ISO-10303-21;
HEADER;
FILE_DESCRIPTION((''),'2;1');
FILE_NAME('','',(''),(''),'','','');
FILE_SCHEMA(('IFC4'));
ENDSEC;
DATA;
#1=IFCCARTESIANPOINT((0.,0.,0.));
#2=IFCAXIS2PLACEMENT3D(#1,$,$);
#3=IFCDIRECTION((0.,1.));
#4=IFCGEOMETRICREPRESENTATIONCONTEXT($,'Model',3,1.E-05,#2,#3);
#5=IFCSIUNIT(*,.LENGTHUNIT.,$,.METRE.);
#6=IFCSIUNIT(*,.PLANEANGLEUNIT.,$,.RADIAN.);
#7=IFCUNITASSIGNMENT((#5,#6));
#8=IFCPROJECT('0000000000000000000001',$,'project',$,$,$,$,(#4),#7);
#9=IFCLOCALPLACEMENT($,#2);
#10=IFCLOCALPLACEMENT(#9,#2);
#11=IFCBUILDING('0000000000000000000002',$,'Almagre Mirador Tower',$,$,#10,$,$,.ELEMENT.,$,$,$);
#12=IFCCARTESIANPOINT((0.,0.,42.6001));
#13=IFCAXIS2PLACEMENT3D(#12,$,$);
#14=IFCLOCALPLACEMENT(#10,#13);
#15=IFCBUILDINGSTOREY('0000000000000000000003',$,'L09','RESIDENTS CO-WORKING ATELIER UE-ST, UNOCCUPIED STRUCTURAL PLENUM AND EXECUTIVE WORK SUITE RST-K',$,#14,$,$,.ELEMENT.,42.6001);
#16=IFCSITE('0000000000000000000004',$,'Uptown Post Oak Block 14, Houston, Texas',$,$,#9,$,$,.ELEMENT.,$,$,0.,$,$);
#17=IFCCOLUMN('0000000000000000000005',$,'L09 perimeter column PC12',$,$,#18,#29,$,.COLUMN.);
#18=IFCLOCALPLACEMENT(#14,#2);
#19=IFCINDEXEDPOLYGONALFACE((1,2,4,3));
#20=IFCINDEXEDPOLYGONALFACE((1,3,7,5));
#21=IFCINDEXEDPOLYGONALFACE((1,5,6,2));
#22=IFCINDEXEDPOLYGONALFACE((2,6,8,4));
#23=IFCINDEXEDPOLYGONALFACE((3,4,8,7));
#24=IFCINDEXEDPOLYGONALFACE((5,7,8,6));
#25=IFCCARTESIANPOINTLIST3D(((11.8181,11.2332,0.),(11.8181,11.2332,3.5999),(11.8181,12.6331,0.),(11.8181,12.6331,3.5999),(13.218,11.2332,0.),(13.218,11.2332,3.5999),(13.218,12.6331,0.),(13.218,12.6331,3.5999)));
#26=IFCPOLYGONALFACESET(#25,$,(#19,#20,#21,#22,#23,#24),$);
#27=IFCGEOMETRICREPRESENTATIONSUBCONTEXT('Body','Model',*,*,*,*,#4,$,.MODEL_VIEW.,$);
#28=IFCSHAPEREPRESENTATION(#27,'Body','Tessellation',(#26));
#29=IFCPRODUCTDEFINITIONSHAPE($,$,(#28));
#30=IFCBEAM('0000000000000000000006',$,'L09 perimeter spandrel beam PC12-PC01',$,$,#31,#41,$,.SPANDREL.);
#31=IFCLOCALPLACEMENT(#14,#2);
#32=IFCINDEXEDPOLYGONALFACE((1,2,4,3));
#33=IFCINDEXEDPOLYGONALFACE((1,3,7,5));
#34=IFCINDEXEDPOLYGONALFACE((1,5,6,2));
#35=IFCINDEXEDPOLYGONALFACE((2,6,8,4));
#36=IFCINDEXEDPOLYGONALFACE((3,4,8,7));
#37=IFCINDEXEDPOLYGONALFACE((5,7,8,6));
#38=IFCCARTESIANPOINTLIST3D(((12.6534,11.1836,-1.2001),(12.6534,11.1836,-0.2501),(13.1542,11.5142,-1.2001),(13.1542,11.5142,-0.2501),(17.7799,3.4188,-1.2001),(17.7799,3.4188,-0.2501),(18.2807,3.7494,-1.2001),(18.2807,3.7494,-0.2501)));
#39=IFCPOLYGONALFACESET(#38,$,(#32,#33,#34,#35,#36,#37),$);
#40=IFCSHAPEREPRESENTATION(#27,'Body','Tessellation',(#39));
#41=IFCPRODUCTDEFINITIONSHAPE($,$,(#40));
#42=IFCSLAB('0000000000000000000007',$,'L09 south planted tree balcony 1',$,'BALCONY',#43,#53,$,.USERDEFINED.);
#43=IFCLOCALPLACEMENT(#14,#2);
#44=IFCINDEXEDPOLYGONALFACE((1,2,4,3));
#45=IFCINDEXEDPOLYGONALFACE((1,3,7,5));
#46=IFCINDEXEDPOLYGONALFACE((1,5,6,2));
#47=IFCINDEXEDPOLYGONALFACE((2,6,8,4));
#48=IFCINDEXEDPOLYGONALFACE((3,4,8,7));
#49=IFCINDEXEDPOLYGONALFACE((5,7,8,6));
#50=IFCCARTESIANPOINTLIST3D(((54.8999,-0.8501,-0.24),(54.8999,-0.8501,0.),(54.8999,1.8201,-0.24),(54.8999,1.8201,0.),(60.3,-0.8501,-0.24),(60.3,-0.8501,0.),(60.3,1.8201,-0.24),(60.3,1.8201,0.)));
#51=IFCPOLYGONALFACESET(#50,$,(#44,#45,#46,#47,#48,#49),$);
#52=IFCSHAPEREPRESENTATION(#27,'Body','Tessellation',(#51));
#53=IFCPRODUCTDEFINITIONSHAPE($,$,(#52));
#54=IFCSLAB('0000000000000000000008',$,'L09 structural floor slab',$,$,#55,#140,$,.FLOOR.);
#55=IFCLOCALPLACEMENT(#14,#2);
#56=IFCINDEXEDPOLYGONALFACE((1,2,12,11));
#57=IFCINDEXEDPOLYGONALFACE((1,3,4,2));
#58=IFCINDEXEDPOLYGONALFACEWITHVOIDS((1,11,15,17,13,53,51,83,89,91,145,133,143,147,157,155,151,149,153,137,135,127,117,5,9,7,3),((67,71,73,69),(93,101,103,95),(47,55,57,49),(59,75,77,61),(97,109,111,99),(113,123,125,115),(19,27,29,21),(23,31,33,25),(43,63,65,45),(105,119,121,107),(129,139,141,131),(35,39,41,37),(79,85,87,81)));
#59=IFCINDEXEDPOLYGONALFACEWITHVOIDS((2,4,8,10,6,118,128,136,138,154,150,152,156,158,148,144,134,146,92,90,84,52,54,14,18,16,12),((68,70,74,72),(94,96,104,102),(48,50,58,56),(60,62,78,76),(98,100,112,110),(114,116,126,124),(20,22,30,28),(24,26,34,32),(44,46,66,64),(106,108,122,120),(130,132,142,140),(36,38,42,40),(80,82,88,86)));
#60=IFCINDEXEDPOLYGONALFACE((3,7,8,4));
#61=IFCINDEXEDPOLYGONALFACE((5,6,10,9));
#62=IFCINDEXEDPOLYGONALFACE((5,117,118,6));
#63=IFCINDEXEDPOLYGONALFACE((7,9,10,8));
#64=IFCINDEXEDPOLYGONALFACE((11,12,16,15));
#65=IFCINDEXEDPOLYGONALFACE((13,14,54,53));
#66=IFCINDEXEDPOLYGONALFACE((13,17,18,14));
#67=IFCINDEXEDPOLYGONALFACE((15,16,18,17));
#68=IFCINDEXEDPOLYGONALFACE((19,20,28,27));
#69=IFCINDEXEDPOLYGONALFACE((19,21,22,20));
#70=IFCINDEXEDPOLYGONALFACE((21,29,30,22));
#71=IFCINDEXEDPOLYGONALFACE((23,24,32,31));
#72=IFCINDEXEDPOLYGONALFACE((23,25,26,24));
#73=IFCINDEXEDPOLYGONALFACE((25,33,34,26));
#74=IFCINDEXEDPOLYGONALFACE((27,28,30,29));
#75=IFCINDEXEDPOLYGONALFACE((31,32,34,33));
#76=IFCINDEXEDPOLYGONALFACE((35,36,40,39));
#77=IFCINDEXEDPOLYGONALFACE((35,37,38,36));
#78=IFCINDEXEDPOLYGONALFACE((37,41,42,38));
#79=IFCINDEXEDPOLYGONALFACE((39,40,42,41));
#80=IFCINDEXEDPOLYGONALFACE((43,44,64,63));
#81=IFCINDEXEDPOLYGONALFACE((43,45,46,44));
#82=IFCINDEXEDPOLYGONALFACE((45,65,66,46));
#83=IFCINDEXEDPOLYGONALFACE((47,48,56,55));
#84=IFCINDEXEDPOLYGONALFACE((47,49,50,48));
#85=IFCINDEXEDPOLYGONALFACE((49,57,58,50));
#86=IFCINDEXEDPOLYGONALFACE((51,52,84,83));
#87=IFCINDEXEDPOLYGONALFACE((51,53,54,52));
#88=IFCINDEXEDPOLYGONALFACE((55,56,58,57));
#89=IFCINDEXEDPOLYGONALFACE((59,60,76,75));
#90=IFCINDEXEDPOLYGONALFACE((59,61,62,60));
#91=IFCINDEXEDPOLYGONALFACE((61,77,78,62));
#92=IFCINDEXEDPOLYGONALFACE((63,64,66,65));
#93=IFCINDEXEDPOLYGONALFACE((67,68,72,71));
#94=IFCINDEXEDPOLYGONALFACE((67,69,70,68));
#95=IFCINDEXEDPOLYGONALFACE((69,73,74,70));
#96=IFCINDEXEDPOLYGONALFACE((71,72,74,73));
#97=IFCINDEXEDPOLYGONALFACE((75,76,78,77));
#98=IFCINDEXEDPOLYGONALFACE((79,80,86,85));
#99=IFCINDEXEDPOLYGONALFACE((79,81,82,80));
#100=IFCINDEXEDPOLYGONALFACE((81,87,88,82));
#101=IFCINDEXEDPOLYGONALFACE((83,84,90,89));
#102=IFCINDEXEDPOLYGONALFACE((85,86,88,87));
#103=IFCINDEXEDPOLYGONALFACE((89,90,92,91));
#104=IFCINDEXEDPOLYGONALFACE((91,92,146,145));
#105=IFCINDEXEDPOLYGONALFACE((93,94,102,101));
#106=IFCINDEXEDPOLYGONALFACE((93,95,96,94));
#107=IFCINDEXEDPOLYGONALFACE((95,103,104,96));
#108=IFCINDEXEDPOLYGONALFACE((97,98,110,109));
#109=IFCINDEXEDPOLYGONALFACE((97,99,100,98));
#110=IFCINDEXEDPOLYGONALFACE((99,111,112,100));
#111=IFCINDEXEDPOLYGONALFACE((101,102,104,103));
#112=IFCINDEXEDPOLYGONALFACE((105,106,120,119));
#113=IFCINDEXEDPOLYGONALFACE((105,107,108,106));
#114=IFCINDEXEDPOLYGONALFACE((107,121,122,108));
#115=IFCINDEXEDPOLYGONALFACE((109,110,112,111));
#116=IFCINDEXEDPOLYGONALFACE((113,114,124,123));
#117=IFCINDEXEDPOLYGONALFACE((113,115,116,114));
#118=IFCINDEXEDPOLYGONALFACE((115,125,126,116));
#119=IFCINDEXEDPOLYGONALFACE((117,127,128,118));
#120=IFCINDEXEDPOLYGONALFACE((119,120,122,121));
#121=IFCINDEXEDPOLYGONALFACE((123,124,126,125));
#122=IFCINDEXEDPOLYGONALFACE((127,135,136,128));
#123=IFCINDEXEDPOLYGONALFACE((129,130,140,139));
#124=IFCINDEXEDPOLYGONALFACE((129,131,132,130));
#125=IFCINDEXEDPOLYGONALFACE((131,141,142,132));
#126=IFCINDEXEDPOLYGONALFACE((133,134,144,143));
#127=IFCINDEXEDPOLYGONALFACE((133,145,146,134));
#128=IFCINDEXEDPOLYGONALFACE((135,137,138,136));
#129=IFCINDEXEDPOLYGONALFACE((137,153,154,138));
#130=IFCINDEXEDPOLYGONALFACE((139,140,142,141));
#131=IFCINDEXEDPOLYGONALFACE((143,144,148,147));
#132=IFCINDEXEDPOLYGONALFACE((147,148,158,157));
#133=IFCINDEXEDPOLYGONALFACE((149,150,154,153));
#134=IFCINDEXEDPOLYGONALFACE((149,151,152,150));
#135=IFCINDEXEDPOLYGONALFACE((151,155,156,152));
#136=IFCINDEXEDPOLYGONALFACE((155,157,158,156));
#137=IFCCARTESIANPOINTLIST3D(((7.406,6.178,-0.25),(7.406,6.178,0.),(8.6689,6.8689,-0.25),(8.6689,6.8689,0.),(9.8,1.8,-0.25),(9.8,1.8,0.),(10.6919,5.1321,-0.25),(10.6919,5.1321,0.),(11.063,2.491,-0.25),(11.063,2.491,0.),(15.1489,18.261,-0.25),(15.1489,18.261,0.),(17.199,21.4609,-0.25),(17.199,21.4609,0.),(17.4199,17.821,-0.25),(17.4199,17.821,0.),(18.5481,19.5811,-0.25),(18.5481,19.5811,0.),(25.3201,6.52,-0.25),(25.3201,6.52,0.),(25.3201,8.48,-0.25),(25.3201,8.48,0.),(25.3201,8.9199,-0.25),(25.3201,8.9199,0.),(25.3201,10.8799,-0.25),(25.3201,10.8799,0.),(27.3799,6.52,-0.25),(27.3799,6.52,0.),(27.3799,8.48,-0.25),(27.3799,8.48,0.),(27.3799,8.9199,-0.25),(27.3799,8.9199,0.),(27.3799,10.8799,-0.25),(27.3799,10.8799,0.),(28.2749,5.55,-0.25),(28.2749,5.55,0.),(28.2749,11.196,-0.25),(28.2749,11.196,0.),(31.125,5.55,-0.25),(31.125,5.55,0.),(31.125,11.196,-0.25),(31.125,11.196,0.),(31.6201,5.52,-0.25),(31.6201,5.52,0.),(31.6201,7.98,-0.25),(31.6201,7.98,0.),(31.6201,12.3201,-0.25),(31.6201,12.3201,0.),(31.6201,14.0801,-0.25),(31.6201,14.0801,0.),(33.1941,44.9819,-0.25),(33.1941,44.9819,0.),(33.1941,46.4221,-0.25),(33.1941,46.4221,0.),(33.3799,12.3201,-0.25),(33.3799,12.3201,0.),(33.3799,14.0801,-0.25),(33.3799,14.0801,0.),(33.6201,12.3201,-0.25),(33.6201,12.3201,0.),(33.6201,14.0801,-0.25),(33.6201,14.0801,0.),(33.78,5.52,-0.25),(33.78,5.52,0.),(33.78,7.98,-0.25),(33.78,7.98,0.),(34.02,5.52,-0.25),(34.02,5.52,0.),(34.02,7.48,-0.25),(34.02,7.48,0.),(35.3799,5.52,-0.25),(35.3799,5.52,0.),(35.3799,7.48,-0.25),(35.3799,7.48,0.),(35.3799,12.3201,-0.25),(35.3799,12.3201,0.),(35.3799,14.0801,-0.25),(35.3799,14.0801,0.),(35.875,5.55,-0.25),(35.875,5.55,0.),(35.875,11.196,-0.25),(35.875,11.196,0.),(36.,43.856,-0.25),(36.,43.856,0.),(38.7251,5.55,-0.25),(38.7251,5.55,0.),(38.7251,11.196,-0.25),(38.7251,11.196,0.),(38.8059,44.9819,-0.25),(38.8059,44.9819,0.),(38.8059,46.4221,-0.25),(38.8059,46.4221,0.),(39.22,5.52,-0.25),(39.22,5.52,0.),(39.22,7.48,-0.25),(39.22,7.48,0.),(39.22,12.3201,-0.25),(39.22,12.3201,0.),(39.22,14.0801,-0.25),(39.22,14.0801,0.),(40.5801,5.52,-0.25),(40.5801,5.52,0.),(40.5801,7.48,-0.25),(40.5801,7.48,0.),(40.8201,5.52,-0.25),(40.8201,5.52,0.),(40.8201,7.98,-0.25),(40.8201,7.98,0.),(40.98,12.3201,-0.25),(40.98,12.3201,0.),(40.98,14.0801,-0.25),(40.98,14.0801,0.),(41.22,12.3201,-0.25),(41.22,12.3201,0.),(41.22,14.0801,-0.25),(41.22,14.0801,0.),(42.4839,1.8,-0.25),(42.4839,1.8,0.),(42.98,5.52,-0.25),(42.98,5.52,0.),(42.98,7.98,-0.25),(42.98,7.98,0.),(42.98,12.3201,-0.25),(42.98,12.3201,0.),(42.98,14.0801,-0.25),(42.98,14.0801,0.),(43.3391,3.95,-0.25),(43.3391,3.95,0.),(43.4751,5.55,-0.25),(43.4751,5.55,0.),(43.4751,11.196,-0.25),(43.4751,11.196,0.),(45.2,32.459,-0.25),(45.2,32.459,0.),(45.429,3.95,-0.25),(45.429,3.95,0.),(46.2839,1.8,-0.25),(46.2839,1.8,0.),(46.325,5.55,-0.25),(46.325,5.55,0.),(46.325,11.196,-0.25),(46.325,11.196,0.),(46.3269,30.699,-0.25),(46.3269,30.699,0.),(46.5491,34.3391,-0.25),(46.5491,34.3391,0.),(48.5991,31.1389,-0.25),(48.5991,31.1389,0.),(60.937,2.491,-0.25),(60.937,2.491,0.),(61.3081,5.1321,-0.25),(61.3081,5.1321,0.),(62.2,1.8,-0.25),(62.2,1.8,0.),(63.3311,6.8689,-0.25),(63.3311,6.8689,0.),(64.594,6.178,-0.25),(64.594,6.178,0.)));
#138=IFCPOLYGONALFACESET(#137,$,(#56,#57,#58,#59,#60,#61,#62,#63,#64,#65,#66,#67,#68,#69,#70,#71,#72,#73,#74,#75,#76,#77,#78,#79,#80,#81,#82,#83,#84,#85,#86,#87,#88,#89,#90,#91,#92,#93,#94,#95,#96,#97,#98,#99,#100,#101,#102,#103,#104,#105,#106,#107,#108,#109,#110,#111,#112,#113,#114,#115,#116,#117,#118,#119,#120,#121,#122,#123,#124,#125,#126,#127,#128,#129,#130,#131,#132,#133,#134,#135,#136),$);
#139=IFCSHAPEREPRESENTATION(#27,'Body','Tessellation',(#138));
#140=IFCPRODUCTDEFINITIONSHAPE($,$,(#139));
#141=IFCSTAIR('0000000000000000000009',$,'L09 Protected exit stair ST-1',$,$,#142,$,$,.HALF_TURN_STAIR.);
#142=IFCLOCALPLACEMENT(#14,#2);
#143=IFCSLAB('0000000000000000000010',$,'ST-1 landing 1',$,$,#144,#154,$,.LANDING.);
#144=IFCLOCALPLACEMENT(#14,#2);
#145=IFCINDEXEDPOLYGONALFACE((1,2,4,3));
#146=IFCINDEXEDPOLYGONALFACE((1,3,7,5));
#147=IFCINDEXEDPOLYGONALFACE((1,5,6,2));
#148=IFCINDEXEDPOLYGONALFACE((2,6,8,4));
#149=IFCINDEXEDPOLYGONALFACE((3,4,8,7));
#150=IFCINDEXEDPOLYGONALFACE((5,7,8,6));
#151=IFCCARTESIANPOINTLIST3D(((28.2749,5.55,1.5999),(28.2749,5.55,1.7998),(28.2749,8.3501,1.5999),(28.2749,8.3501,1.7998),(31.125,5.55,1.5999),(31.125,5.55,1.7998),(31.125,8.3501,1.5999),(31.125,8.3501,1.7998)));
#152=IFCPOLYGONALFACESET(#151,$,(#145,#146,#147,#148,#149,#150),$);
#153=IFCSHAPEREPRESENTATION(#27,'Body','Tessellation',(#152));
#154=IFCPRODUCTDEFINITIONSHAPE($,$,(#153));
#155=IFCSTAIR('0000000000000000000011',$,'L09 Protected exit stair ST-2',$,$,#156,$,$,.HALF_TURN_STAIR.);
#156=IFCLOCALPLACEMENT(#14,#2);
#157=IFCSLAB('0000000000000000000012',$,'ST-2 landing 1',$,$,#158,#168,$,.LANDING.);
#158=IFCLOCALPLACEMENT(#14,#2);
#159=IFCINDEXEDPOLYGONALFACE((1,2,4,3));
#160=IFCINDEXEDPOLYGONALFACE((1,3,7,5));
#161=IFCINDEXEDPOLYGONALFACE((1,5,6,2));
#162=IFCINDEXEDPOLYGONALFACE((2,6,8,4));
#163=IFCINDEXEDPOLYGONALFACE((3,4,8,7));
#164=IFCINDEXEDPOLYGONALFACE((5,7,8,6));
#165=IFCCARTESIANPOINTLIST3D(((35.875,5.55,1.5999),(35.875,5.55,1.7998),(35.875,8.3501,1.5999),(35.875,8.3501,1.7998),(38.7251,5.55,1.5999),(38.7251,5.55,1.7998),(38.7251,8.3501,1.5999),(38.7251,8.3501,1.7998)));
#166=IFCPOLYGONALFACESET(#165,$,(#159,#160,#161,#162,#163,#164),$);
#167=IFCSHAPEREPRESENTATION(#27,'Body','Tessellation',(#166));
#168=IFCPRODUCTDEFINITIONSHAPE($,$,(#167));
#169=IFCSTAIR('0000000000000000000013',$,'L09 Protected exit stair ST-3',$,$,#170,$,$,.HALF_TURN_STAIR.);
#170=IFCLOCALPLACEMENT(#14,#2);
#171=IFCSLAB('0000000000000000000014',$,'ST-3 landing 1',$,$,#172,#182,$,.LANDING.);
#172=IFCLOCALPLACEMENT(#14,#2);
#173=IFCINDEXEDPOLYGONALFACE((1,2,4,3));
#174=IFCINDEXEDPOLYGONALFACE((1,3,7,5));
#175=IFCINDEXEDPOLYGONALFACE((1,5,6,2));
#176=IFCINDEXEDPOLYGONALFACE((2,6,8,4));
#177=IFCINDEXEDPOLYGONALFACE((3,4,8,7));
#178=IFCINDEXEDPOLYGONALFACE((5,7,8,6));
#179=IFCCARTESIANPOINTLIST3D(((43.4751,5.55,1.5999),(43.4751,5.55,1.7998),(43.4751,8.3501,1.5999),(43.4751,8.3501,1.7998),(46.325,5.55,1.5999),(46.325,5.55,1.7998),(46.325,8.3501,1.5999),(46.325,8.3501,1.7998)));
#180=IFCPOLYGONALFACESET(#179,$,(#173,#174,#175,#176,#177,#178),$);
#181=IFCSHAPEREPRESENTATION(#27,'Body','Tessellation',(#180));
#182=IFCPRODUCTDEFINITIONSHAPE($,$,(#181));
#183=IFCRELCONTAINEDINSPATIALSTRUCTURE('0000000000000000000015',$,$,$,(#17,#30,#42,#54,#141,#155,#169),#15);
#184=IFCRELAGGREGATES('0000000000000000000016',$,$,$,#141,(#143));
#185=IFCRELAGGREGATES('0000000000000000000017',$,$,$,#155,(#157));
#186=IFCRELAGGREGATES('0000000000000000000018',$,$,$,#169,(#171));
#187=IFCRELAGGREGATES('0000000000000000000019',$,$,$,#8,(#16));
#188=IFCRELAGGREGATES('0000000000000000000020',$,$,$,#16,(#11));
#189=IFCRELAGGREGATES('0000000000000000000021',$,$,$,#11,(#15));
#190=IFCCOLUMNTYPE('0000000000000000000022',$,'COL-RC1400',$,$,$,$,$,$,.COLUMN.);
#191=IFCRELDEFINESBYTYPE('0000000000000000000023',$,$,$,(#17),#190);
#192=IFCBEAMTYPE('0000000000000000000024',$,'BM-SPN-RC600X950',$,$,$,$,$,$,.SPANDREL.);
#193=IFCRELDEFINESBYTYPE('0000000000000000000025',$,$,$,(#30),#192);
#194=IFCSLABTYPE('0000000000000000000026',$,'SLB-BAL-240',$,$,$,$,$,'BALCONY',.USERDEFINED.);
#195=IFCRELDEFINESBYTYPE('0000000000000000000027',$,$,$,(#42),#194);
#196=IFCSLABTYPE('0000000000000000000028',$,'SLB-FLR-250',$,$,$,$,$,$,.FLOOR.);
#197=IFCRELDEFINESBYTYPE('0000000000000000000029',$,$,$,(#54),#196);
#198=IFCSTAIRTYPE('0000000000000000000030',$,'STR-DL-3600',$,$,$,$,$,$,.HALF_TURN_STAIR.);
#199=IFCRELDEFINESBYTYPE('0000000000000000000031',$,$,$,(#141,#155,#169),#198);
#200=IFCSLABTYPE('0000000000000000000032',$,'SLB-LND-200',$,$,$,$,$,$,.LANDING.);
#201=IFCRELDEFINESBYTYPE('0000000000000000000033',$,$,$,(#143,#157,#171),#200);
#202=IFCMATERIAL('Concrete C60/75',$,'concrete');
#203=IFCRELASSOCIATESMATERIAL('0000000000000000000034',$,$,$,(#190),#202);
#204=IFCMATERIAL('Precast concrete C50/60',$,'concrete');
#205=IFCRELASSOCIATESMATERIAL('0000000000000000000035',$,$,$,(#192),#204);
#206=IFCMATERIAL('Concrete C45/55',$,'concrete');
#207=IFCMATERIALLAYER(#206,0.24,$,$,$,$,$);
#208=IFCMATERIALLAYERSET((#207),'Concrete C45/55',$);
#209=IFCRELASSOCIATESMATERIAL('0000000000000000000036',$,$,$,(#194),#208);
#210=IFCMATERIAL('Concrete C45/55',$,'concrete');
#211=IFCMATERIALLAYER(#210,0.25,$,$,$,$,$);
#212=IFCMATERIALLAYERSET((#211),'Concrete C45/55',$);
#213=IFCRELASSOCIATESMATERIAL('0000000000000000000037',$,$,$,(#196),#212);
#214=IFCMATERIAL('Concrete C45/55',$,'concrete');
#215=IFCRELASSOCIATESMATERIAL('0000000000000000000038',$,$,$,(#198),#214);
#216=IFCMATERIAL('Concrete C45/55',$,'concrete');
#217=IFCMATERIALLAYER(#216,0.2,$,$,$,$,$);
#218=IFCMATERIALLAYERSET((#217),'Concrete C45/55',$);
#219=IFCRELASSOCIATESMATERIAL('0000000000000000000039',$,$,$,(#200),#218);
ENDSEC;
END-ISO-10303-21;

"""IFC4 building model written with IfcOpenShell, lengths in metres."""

from ifc_helpers import new_model, si_unit, direction, frame, origin, origin_2d, place, context, subcontext, project, spatial, polyline, rectangle, outline, extrude, material, layer, layer_set, material_profile, profile_set, type_object, element, aggregate, save


model = new_model("IFC4")

# Units and contexts
model_context = context("Model", 3, precision=1e-05, world=origin(), true_north=direction((0.0, 1.0)))
body_context = subcontext(model_context, "Body", "Model", "MODEL_VIEW")
ifc_project = project(units=[si_unit("LENGTHUNIT", "METRE"), si_unit("PLANEANGLEUNIT", "RADIAN")], contexts=[model_context])

# Site, building, storey
site_placement = place(None, origin())
site = spatial("IfcSite", under=ifc_project, at=site_placement, Name="Uptown Post Oak Block 14, Houston, Texas", CompositionType="ELEMENT", RefElevation=0.0)
building_placement = place(site_placement, origin())
building = spatial("IfcBuilding", under=site, at=building_placement, Name="Almagre Mirador Tower", CompositionType="ELEMENT")
storey_placement = place(building_placement, frame((0.0, 0.0, 42.6001)))
storey = spatial("IfcBuildingStorey", under=building, at=storey_placement, Name="L09", Description="RESIDENTS CO-WORKING ATELIER UE-ST, UNOCCUPIED STRUCTURAL PLENUM AND EXECUTIVE WORK SUITE RST-K", CompositionType="ELEMENT", Elevation=42.6001)

# Column
ifc_material_1 = material(Name="Concrete C60/75", Category="concrete")
ifc_material_profile_1 = material_profile(ifc_material_1, rectangle(XDim=1.3999, YDim=1.3999, at=origin_2d()), Name="RC1400X1400")
ifc_profile_set_1 = profile_set([ifc_material_profile_1], Name="Concrete C60/75")
column_type = type_object("IfcColumnType", Name="COL-RC1400", PredefinedType="COLUMN", material=ifc_profile_set_1)
column_placement = place(storey_placement, frame((12.5181, 11.9331, 0.0), z_axis=(0.0, 0.0, 1.0), x_axis=(1.0, 0.0, 0.0)))
element("IfcColumn", 1, at=column_placement, inside=storey, type_object=column_type, Name="L09 perimeter column PC12", PredefinedType="COLUMN", context=body_context, shape_type="SweptSolid", body=[
    extrude(rectangle(XDim=1.3999, YDim=1.3999, at=origin_2d()), origin(), (0.0, 0.0, 1.0), 3.5999),
])

# Beam
ifc_material_2 = material(Name="Precast concrete C50/60", Category="concrete")
ifc_material_profile_2 = material_profile(ifc_material_2, rectangle(XDim=0.6001, YDim=0.95, at=origin_2d()), Name="RC600X950")
ifc_profile_set_2 = profile_set([ifc_material_profile_2], Name="Precast concrete C50/60")
beam_type = type_object("IfcBeamType", Name="BM-SPN-RC600X950", PredefinedType="SPANDREL", material=ifc_profile_set_2)
beam_placement = place(storey_placement, frame((12.9038, 11.3489, -0.7251), z_axis=(0.550977, -0.834521, 0.0), x_axis=(0.834521, 0.550977, 0.0)))
element("IfcBeam", 2, at=beam_placement, inside=storey, type_object=beam_type, Name="L09 perimeter spandrel beam PC12-PC01", PredefinedType="SPANDREL", context=body_context, shape_type="SweptSolid", body=[
    extrude(rectangle(XDim=0.6001, YDim=0.95, at=origin_2d()), origin(), (0.0, 0.0, 1.0), 9.3044),
])

# Slabs
ifc_material_3 = material(Name="Concrete C45/55", Category="concrete")
ifc_layer_1 = layer(ifc_material_3, 0.24)
ifc_layer_set_1 = layer_set([ifc_layer_1], Name="Concrete C45/55")
slab_type_1 = type_object("IfcSlabType", Name="SLB-BAL-240", ElementType="BALCONY", PredefinedType="USERDEFINED", material=ifc_layer_set_1)
slab_1_placement = place(storey_placement, frame((0.0, 0.0, -0.24)))
element("IfcSlab", 3, at=slab_1_placement, inside=storey, type_object=slab_type_1, Name="L09 south planted tree balcony 1", ObjectType="BALCONY", PredefinedType="USERDEFINED", context=body_context, shape_type="SweptSolid", body=[
    extrude(outline(polyline([(54.8999, 1.8201), (60.3, 1.8201), (60.3, -0.8501), (54.8999, -0.8501), (54.8999, 1.8201)])), origin(), (0.0, 0.0, 1.0), 0.24),
])
ifc_material_4 = material(Name="Concrete C45/55", Category="concrete")
ifc_layer_2 = layer(ifc_material_4, 0.25)
ifc_layer_set_2 = layer_set([ifc_layer_2], Name="Concrete C45/55")
slab_type_2 = type_object("IfcSlabType", Name="SLB-FLR-250", PredefinedType="FLOOR", material=ifc_layer_set_2)
slab_2_placement = place(storey_placement, frame((0.0, 0.0, -0.25)))
element("IfcSlab", 4, at=slab_2_placement, inside=storey, type_object=slab_type_2, Name="L09 structural floor slab", PredefinedType="FLOOR", context=body_context, shape_type="SweptSolid", body=[
    extrude(outline(polyline([(7.406, 6.178), (8.6689, 6.8689), (10.6919, 5.1321), (11.063, 2.491), (9.8, 1.8), (42.4839, 1.8), (43.3391, 3.95), (45.429, 3.95), (46.2839, 1.8), (62.2, 1.8), (60.937, 2.491), (61.3081, 5.1321), (63.3311, 6.8689), (64.594, 6.178), (48.5991, 31.1389), (46.3269, 30.699), (45.2, 32.459), (46.5491, 34.3391), (38.8059, 46.4221), (38.8059, 44.9819), (36.0, 43.856), (33.1941, 44.9819), (33.1941, 46.4221), (17.199, 21.4609), (18.5481, 19.5811), (17.4199, 17.821), (15.1489, 18.261), (7.406, 6.178)]), holes=[polyline([(43.4751, 11.196), (46.325, 11.196), (46.325, 5.55), (43.4751, 5.55), (43.4751, 11.196)]), polyline([(40.8201, 5.52), (40.8201, 7.98), (42.98, 7.98), (42.98, 5.52), (40.8201, 5.52)]), polyline([(41.22, 12.3201), (41.22, 14.0801), (42.98, 14.0801), (42.98, 12.3201), (41.22, 12.3201)]), polyline([(39.22, 12.3201), (39.22, 14.0801), (40.98, 14.0801), (40.98, 12.3201), (39.22, 12.3201)]), polyline([(39.22, 5.52), (39.22, 7.48), (40.5801, 7.48), (40.5801, 5.52), (39.22, 5.52)]), polyline([(35.875, 11.196), (38.7251, 11.196), (38.7251, 5.55), (35.875, 5.55), (35.875, 11.196)]), polyline([(35.3799, 5.52), (34.02, 5.52), (34.02, 7.48), (35.3799, 7.48), (35.3799, 5.52)]), polyline([(35.3799, 12.3201), (33.6201, 12.3201), (33.6201, 14.0801), (35.3799, 14.0801), (35.3799, 12.3201)]), polyline([(31.6201, 5.52), (31.6201, 7.98), (33.78, 7.98), (33.78, 5.52), (31.6201, 5.52)]), polyline([(31.6201, 12.3201), (31.6201, 14.0801), (33.3799, 14.0801), (33.3799, 12.3201), (31.6201, 12.3201)]), polyline([(28.2749, 5.55), (28.2749, 11.196), (31.125, 11.196), (31.125, 5.55), (28.2749, 5.55)]), polyline([(25.3201, 6.52), (25.3201, 8.48), (27.3799, 8.48), (27.3799, 6.52), (25.3201, 6.52)]), polyline([(25.3201, 8.9199), (25.3201, 10.8799), (27.3799, 10.8799), (27.3799, 8.9199), (25.3201, 8.9199)])]), origin(), (0.0, 0.0, 1.0), 0.25),
])

# Stairs, slabs
ifc_material_5 = material(Name="Concrete C45/55", Category="concrete")
stair_type = type_object("IfcStairType", Name="STR-DL-3600", PredefinedType="HALF_TURN_STAIR", material=ifc_material_5)
stair_1_placement = place(storey_placement, origin())
stair_1 = element("IfcStair", 5, at=stair_1_placement, inside=storey, type_object=stair_type, Name="L09 Protected exit stair ST-1", PredefinedType="HALF_TURN_STAIR")
ifc_material_6 = material(Name="Concrete C45/55", Category="concrete")
ifc_layer_3 = layer(ifc_material_6, 0.2)
ifc_layer_set_3 = layer_set([ifc_layer_3], Name="Concrete C45/55")
slab_type_3 = type_object("IfcSlabType", Name="SLB-LND-200", PredefinedType="LANDING", material=ifc_layer_set_3)
slab_3_placement = place(storey_placement, frame((0.0, 0.0, 1.5999)))
slab_3 = element("IfcSlab", 6, at=slab_3_placement, type_object=slab_type_3, Name="ST-1 landing 1", PredefinedType="LANDING", context=body_context, shape_type="SweptSolid", body=[
    extrude(outline(polyline([(28.2749, 8.3501), (28.2749, 5.55), (31.125, 5.55), (31.125, 8.3501), (28.2749, 8.3501)])), origin(), (0.0, 0.0, 1.0), 0.2),
])
aggregate(stair_1, [slab_3])
stair_2_placement = place(storey_placement, origin())
stair_2 = element("IfcStair", 7, at=stair_2_placement, inside=storey, type_object=stair_type, Name="L09 Protected exit stair ST-2", PredefinedType="HALF_TURN_STAIR")
slab_4_placement = place(storey_placement, frame((0.0, 0.0, 1.5999)))
slab_4 = element("IfcSlab", 8, at=slab_4_placement, type_object=slab_type_3, Name="ST-2 landing 1", PredefinedType="LANDING", context=body_context, shape_type="SweptSolid", body=[
    extrude(outline(polyline([(35.875, 8.3501), (35.875, 5.55), (38.7251, 5.55), (38.7251, 8.3501), (35.875, 8.3501)])), origin(), (0.0, 0.0, 1.0), 0.2),
])
aggregate(stair_2, [slab_4])
stair_3_placement = place(storey_placement, origin())
stair_3 = element("IfcStair", 9, at=stair_3_placement, inside=storey, type_object=stair_type, Name="L09 Protected exit stair ST-3", PredefinedType="HALF_TURN_STAIR")
slab_5_placement = place(storey_placement, frame((0.0, 0.0, 1.5999)))
slab_5 = element("IfcSlab", 10, at=slab_5_placement, type_object=slab_type_3, Name="ST-3 landing 1", PredefinedType="LANDING", context=body_context, shape_type="SweptSolid", body=[
    extrude(outline(polyline([(43.4751, 8.3501), (43.4751, 5.55), (46.325, 5.55), (46.325, 8.3501), (43.4751, 8.3501)])), origin(), (0.0, 0.0, 1.0), 0.2),
])
aggregate(stair_3, [slab_5])

save(model, "model.ifc")
